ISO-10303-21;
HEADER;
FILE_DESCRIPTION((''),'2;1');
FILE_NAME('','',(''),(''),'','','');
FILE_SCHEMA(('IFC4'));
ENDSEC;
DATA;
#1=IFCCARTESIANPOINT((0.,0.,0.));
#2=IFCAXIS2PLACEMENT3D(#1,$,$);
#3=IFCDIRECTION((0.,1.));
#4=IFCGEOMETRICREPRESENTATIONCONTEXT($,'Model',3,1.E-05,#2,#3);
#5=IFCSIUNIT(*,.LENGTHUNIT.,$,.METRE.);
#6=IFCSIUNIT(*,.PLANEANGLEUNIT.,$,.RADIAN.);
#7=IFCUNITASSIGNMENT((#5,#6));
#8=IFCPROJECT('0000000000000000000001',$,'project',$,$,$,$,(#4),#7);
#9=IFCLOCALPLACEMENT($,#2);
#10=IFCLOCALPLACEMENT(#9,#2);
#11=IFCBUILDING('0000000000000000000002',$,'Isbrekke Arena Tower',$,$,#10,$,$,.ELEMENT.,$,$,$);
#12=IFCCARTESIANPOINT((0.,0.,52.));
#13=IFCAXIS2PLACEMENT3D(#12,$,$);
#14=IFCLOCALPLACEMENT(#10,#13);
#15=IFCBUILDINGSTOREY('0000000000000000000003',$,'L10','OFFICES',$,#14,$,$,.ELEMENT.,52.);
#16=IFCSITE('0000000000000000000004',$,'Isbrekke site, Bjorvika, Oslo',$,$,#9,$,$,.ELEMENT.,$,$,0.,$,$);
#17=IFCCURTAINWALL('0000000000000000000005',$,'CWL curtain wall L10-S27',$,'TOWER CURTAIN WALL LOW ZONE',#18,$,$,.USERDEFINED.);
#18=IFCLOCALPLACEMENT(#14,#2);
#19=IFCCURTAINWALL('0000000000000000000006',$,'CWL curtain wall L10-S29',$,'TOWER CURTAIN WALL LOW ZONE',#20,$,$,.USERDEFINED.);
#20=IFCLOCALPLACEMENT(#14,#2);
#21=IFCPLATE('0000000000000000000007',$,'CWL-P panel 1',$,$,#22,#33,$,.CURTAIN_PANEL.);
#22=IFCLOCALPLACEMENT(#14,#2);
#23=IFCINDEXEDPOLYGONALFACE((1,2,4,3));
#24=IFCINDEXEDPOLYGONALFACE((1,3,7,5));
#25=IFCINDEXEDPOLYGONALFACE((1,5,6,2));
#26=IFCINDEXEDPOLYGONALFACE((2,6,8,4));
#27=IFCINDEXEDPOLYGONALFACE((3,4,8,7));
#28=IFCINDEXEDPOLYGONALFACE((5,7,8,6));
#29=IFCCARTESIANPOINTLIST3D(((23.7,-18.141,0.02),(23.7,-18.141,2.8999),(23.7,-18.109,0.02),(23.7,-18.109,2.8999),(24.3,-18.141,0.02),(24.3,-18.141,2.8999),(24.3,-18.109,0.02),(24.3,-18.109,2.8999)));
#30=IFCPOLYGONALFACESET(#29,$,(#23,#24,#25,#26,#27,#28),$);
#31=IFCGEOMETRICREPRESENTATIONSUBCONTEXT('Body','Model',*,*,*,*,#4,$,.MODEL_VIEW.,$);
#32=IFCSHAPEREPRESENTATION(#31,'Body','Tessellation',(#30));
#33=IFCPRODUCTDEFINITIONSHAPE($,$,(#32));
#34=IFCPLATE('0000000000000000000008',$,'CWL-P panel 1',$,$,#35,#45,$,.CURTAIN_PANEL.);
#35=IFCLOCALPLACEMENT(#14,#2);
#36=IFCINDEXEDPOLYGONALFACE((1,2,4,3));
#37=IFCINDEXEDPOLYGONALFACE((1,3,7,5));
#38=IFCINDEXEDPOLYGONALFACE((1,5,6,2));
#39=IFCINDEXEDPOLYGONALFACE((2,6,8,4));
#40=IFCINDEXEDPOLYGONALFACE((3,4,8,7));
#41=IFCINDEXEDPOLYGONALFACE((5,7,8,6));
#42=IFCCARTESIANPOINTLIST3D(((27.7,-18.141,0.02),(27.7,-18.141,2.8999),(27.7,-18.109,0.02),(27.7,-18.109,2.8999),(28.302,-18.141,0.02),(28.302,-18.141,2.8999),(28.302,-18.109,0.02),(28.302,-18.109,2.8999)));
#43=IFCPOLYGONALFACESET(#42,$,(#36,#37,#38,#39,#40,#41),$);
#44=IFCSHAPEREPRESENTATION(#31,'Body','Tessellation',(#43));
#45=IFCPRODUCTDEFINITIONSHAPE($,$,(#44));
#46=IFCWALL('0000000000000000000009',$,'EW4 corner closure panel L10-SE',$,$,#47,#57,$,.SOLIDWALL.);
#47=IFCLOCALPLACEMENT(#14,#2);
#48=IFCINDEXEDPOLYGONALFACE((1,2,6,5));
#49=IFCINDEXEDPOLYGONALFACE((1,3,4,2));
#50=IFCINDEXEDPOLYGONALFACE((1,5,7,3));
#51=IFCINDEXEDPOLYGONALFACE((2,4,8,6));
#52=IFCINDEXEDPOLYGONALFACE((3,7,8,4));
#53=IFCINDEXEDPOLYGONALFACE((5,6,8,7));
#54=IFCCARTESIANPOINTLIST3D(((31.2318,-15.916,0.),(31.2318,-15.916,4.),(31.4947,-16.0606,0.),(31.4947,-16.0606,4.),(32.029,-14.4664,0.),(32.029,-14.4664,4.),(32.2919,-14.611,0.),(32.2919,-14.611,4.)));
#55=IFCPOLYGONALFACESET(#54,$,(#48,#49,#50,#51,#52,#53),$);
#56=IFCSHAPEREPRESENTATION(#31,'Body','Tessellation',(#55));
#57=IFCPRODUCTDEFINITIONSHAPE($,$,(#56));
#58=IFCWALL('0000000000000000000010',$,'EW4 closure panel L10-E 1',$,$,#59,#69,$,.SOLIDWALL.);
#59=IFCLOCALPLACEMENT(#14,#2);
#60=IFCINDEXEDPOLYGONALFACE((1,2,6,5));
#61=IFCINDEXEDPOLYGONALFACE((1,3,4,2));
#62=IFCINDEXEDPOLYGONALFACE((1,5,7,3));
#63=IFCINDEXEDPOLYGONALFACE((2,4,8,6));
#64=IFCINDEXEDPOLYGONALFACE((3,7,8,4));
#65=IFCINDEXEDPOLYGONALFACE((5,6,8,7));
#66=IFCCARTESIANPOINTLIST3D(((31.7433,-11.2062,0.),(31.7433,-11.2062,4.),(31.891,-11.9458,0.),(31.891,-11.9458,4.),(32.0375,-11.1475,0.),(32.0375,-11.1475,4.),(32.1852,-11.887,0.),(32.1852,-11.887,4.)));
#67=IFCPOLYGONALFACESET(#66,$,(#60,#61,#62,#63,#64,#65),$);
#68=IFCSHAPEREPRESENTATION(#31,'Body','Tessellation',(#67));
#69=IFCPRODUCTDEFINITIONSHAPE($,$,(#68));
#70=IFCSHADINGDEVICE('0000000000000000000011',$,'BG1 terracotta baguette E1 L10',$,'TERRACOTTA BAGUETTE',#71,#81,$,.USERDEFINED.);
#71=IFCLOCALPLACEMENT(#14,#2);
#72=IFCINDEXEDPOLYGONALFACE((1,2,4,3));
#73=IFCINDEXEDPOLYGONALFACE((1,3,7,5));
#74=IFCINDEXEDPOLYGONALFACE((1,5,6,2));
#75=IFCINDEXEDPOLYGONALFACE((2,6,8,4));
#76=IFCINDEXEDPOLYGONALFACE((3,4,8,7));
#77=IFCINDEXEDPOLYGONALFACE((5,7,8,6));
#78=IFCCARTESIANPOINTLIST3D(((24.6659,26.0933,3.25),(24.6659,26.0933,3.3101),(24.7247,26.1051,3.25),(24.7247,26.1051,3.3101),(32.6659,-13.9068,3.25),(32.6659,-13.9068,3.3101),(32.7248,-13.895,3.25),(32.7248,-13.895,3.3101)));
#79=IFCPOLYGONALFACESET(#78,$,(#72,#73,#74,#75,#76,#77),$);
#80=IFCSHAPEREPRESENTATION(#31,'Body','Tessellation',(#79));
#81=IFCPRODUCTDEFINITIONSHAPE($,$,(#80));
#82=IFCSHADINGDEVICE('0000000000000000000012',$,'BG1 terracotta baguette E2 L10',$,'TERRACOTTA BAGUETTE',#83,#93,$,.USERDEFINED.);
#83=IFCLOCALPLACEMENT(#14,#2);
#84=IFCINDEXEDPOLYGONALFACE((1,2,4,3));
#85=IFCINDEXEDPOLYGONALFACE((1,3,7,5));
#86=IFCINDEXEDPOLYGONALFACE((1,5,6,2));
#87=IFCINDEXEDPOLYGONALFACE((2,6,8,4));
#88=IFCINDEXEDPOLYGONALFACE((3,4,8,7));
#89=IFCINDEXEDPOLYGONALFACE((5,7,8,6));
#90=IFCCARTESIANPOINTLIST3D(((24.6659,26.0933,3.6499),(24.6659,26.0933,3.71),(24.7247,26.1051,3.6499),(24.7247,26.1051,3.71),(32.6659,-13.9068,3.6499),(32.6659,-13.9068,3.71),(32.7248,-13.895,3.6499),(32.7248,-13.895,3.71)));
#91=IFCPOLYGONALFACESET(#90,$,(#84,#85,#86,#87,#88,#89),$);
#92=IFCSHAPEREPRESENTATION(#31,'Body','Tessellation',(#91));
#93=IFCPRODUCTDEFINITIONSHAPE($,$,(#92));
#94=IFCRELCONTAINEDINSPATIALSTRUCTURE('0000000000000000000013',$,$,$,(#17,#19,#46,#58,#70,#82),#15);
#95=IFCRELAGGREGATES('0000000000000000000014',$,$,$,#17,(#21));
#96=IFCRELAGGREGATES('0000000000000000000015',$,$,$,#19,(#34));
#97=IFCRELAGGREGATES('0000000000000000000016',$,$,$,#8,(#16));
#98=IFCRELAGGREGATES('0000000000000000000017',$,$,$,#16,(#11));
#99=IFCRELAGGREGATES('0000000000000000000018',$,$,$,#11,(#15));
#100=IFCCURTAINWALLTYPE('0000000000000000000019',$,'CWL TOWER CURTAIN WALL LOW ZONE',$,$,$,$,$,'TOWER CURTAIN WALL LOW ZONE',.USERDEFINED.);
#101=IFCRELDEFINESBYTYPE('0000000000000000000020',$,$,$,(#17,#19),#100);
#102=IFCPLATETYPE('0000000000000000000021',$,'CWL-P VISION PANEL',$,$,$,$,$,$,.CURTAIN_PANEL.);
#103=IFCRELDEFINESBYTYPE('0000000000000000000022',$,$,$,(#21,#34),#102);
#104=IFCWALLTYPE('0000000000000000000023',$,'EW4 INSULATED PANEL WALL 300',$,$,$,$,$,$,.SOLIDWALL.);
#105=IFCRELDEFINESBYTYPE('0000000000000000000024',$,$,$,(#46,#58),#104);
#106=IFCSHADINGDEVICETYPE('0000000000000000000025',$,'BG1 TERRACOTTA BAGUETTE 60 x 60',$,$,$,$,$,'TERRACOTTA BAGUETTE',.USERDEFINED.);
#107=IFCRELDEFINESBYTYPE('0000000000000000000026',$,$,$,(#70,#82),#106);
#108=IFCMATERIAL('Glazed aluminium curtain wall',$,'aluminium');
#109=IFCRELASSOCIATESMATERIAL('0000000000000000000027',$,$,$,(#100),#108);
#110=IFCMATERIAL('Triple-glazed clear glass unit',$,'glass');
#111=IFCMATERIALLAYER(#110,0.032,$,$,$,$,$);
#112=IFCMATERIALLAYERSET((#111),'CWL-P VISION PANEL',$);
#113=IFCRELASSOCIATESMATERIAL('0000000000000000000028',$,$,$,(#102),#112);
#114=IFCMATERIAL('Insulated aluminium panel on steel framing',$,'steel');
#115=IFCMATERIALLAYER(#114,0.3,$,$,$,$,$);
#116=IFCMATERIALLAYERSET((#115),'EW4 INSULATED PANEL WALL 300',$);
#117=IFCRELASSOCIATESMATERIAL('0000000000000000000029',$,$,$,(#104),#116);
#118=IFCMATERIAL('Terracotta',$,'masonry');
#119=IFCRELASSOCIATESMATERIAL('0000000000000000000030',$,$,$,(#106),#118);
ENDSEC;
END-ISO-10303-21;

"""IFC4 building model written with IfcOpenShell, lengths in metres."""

from ifc_helpers import new_model, si_unit, direction, frame, frame_2d, origin, origin_2d, place, context, subcontext, project, spatial, rectangle, extrude, material, layer, layer_set, material_profile, profile_set, type_object, element, aggregate, save


model = new_model("IFC4")

# Units and contexts
model_context = context("Model", 3, precision=1e-05, world=origin(), true_north=direction((0.0, 1.0)))
body_context = subcontext(model_context, "Body", "Model", "MODEL_VIEW")
ifc_project = project(units=[si_unit("LENGTHUNIT", "METRE"), si_unit("PLANEANGLEUNIT", "RADIAN")], contexts=[model_context])

# Site, building, storey
site_placement = place(None, origin())
site = spatial("IfcSite", under=ifc_project, at=site_placement, Name="Isbrekke site, Bjorvika, Oslo", CompositionType="ELEMENT", RefElevation=0.0)
building_placement = place(site_placement, origin())
building = spatial("IfcBuilding", under=site, at=building_placement, Name="Isbrekke Arena Tower", CompositionType="ELEMENT")
storey_placement = place(building_placement, frame((0.0, 0.0, 52.0)))
storey = spatial("IfcBuildingStorey", under=building, at=storey_placement, Name="L10", Description="OFFICES", CompositionType="ELEMENT", Elevation=52.0)

# Curtain walls
ifc_material_1 = material(Name="Glazed aluminium curtain wall", Category="aluminium")
curtain_wall_type = type_object("IfcCurtainWallType", Name="CWL TOWER CURTAIN WALL LOW ZONE", ElementType="TOWER CURTAIN WALL LOW ZONE", PredefinedType="USERDEFINED", material=ifc_material_1)
curtain_wall_1_placement = place(storey_placement, origin())
curtain_wall_1 = element("IfcCurtainWall", 1, at=curtain_wall_1_placement, inside=storey, type_object=curtain_wall_type, Name="CWL curtain wall L10-S27", ObjectType="TOWER CURTAIN WALL LOW ZONE", PredefinedType="USERDEFINED")
curtain_wall_2_placement = place(storey_placement, origin())
curtain_wall_2 = element("IfcCurtainWall", 2, at=curtain_wall_2_placement, inside=storey, type_object=curtain_wall_type, Name="CWL curtain wall L10-S29", ObjectType="TOWER CURTAIN WALL LOW ZONE", PredefinedType="USERDEFINED")

# Plates
ifc_material_2 = material(Name="Triple-glazed clear glass unit", Category="glass")
ifc_layer_1 = layer(ifc_material_2, 0.032)
ifc_layer_set_1 = layer_set([ifc_layer_1], Name="CWL-P VISION PANEL")
plate_type = type_object("IfcPlateType", Name="CWL-P VISION PANEL", PredefinedType="CURTAIN_PANEL", material=ifc_layer_set_1)
plate_1_placement = place(storey_placement, frame((24.0, -18.125, 0.02), z_axis=(0.0, 0.0, 1.0), x_axis=(1.0, 0.0, 0.0)))
plate_1 = element("IfcPlate", 3, at=plate_1_placement, type_object=plate_type, Name="CWL-P panel 1", PredefinedType="CURTAIN_PANEL", context=body_context, shape_type="SweptSolid", body=[
    extrude(rectangle(XDim=0.6001, YDim=0.032, at=origin_2d()), origin(), (0.0, 0.0, 1.0), 2.8799),
])
aggregate(curtain_wall_1, [plate_1])
plate_2_placement = place(storey_placement, frame((28.001, -18.125, 0.02), z_axis=(0.0, 0.0, 1.0), x_axis=(1.0, 0.0, 0.0)))
plate_2 = element("IfcPlate", 4, at=plate_2_placement, type_object=plate_type, Name="CWL-P panel 1", PredefinedType="CURTAIN_PANEL", context=body_context, shape_type="SweptSolid", body=[
    extrude(rectangle(XDim=0.6021, YDim=0.032, at=origin_2d()), origin(), (0.0, 0.0, 1.0), 2.8799),
])
aggregate(curtain_wall_2, [plate_2])

# Walls
ifc_material_3 = material(Name="Insulated aluminium panel on steel framing", Category="steel")
ifc_layer_2 = layer(ifc_material_3, 0.3)
ifc_layer_set_2 = layer_set([ifc_layer_2], Name="EW4 INSULATED PANEL WALL 300")
wall_type = type_object("IfcWallType", Name="EW4 INSULATED PANEL WALL 300", PredefinedType="SOLIDWALL", material=ifc_layer_set_2)
wall_1_placement = place(storey_placement, frame((31.3633, -15.9883, 0.0), z_axis=(0.0, 0.0, 1.0), x_axis=(0.481879, 0.876238, 0.0)))
element("IfcWall", 5, at=wall_1_placement, inside=storey, type_object=wall_type, Name="EW4 corner closure panel L10-SE", PredefinedType="SOLIDWALL", context=body_context, shape_type="SweptSolid", body=[
    extrude(rectangle(XDim=1.6543, YDim=0.3, at=frame_2d((0.8271, 0.0))), origin(), (0.0, 0.0, 1.0), 4.0),
])
wall_2_placement = place(storey_placement, frame((32.0381, -11.9163, 0.0), z_axis=(0.0, 0.0, 1.0), x_axis=(-0.195867, 0.98063, 0.0)))
element("IfcWall", 6, at=wall_2_placement, inside=storey, type_object=wall_type, Name="EW4 closure panel L10-E 1", PredefinedType="SOLIDWALL", context=body_context, shape_type="SweptSolid", body=[
    extrude(rectangle(XDim=0.7542, YDim=0.3, at=frame_2d((0.377, 0.0))), origin(), (0.0, 0.0, 1.0), 4.0),
])

# Shading devices
ifc_material_4 = material(Name="Terracotta", Category="masonry")
ifc_material_profile_1 = material_profile(ifc_material_4, rectangle(XDim=0.0601, YDim=0.0601, at=origin_2d()), Name="BAGUETTE 60X60")
ifc_profile_set_1 = profile_set([ifc_material_profile_1], Name="Terracotta")
shading_device_type = type_object("IfcShadingDeviceType", Name="BG1 TERRACOTTA BAGUETTE 60 x 60", ElementType="TERRACOTTA BAGUETTE", PredefinedType="USERDEFINED", material=ifc_profile_set_1)
for number, where, z_axis, x_axis, name in (
    (7, (32.6953, -13.9009, 3.28), (-0.196116, 0.980581, 0.0), (-0.980581, -0.196116, 0.0), "BG1 terracotta baguette E1 L10"),
    (8, (32.6953, -13.9009, 3.6799), (-0.196116, 0.980581, 0.0), (-0.980581, -0.196116, 0.0), "BG1 terracotta baguette E2 L10"),
):
    element("IfcShadingDevice", number, at=place(storey_placement, frame(where, z_axis=z_axis, x_axis=x_axis)), inside=storey, type_object=shading_device_type, Name=name, ObjectType="TERRACOTTA BAGUETTE", PredefinedType="USERDEFINED", context=body_context, shape_type="SweptSolid", body=[
        extrude(rectangle(XDim=0.0601, YDim=0.0601, at=origin_2d()), origin(), (0.0, 0.0, 1.0), 40.7922),
    ])

save(model, "model.ifc")
